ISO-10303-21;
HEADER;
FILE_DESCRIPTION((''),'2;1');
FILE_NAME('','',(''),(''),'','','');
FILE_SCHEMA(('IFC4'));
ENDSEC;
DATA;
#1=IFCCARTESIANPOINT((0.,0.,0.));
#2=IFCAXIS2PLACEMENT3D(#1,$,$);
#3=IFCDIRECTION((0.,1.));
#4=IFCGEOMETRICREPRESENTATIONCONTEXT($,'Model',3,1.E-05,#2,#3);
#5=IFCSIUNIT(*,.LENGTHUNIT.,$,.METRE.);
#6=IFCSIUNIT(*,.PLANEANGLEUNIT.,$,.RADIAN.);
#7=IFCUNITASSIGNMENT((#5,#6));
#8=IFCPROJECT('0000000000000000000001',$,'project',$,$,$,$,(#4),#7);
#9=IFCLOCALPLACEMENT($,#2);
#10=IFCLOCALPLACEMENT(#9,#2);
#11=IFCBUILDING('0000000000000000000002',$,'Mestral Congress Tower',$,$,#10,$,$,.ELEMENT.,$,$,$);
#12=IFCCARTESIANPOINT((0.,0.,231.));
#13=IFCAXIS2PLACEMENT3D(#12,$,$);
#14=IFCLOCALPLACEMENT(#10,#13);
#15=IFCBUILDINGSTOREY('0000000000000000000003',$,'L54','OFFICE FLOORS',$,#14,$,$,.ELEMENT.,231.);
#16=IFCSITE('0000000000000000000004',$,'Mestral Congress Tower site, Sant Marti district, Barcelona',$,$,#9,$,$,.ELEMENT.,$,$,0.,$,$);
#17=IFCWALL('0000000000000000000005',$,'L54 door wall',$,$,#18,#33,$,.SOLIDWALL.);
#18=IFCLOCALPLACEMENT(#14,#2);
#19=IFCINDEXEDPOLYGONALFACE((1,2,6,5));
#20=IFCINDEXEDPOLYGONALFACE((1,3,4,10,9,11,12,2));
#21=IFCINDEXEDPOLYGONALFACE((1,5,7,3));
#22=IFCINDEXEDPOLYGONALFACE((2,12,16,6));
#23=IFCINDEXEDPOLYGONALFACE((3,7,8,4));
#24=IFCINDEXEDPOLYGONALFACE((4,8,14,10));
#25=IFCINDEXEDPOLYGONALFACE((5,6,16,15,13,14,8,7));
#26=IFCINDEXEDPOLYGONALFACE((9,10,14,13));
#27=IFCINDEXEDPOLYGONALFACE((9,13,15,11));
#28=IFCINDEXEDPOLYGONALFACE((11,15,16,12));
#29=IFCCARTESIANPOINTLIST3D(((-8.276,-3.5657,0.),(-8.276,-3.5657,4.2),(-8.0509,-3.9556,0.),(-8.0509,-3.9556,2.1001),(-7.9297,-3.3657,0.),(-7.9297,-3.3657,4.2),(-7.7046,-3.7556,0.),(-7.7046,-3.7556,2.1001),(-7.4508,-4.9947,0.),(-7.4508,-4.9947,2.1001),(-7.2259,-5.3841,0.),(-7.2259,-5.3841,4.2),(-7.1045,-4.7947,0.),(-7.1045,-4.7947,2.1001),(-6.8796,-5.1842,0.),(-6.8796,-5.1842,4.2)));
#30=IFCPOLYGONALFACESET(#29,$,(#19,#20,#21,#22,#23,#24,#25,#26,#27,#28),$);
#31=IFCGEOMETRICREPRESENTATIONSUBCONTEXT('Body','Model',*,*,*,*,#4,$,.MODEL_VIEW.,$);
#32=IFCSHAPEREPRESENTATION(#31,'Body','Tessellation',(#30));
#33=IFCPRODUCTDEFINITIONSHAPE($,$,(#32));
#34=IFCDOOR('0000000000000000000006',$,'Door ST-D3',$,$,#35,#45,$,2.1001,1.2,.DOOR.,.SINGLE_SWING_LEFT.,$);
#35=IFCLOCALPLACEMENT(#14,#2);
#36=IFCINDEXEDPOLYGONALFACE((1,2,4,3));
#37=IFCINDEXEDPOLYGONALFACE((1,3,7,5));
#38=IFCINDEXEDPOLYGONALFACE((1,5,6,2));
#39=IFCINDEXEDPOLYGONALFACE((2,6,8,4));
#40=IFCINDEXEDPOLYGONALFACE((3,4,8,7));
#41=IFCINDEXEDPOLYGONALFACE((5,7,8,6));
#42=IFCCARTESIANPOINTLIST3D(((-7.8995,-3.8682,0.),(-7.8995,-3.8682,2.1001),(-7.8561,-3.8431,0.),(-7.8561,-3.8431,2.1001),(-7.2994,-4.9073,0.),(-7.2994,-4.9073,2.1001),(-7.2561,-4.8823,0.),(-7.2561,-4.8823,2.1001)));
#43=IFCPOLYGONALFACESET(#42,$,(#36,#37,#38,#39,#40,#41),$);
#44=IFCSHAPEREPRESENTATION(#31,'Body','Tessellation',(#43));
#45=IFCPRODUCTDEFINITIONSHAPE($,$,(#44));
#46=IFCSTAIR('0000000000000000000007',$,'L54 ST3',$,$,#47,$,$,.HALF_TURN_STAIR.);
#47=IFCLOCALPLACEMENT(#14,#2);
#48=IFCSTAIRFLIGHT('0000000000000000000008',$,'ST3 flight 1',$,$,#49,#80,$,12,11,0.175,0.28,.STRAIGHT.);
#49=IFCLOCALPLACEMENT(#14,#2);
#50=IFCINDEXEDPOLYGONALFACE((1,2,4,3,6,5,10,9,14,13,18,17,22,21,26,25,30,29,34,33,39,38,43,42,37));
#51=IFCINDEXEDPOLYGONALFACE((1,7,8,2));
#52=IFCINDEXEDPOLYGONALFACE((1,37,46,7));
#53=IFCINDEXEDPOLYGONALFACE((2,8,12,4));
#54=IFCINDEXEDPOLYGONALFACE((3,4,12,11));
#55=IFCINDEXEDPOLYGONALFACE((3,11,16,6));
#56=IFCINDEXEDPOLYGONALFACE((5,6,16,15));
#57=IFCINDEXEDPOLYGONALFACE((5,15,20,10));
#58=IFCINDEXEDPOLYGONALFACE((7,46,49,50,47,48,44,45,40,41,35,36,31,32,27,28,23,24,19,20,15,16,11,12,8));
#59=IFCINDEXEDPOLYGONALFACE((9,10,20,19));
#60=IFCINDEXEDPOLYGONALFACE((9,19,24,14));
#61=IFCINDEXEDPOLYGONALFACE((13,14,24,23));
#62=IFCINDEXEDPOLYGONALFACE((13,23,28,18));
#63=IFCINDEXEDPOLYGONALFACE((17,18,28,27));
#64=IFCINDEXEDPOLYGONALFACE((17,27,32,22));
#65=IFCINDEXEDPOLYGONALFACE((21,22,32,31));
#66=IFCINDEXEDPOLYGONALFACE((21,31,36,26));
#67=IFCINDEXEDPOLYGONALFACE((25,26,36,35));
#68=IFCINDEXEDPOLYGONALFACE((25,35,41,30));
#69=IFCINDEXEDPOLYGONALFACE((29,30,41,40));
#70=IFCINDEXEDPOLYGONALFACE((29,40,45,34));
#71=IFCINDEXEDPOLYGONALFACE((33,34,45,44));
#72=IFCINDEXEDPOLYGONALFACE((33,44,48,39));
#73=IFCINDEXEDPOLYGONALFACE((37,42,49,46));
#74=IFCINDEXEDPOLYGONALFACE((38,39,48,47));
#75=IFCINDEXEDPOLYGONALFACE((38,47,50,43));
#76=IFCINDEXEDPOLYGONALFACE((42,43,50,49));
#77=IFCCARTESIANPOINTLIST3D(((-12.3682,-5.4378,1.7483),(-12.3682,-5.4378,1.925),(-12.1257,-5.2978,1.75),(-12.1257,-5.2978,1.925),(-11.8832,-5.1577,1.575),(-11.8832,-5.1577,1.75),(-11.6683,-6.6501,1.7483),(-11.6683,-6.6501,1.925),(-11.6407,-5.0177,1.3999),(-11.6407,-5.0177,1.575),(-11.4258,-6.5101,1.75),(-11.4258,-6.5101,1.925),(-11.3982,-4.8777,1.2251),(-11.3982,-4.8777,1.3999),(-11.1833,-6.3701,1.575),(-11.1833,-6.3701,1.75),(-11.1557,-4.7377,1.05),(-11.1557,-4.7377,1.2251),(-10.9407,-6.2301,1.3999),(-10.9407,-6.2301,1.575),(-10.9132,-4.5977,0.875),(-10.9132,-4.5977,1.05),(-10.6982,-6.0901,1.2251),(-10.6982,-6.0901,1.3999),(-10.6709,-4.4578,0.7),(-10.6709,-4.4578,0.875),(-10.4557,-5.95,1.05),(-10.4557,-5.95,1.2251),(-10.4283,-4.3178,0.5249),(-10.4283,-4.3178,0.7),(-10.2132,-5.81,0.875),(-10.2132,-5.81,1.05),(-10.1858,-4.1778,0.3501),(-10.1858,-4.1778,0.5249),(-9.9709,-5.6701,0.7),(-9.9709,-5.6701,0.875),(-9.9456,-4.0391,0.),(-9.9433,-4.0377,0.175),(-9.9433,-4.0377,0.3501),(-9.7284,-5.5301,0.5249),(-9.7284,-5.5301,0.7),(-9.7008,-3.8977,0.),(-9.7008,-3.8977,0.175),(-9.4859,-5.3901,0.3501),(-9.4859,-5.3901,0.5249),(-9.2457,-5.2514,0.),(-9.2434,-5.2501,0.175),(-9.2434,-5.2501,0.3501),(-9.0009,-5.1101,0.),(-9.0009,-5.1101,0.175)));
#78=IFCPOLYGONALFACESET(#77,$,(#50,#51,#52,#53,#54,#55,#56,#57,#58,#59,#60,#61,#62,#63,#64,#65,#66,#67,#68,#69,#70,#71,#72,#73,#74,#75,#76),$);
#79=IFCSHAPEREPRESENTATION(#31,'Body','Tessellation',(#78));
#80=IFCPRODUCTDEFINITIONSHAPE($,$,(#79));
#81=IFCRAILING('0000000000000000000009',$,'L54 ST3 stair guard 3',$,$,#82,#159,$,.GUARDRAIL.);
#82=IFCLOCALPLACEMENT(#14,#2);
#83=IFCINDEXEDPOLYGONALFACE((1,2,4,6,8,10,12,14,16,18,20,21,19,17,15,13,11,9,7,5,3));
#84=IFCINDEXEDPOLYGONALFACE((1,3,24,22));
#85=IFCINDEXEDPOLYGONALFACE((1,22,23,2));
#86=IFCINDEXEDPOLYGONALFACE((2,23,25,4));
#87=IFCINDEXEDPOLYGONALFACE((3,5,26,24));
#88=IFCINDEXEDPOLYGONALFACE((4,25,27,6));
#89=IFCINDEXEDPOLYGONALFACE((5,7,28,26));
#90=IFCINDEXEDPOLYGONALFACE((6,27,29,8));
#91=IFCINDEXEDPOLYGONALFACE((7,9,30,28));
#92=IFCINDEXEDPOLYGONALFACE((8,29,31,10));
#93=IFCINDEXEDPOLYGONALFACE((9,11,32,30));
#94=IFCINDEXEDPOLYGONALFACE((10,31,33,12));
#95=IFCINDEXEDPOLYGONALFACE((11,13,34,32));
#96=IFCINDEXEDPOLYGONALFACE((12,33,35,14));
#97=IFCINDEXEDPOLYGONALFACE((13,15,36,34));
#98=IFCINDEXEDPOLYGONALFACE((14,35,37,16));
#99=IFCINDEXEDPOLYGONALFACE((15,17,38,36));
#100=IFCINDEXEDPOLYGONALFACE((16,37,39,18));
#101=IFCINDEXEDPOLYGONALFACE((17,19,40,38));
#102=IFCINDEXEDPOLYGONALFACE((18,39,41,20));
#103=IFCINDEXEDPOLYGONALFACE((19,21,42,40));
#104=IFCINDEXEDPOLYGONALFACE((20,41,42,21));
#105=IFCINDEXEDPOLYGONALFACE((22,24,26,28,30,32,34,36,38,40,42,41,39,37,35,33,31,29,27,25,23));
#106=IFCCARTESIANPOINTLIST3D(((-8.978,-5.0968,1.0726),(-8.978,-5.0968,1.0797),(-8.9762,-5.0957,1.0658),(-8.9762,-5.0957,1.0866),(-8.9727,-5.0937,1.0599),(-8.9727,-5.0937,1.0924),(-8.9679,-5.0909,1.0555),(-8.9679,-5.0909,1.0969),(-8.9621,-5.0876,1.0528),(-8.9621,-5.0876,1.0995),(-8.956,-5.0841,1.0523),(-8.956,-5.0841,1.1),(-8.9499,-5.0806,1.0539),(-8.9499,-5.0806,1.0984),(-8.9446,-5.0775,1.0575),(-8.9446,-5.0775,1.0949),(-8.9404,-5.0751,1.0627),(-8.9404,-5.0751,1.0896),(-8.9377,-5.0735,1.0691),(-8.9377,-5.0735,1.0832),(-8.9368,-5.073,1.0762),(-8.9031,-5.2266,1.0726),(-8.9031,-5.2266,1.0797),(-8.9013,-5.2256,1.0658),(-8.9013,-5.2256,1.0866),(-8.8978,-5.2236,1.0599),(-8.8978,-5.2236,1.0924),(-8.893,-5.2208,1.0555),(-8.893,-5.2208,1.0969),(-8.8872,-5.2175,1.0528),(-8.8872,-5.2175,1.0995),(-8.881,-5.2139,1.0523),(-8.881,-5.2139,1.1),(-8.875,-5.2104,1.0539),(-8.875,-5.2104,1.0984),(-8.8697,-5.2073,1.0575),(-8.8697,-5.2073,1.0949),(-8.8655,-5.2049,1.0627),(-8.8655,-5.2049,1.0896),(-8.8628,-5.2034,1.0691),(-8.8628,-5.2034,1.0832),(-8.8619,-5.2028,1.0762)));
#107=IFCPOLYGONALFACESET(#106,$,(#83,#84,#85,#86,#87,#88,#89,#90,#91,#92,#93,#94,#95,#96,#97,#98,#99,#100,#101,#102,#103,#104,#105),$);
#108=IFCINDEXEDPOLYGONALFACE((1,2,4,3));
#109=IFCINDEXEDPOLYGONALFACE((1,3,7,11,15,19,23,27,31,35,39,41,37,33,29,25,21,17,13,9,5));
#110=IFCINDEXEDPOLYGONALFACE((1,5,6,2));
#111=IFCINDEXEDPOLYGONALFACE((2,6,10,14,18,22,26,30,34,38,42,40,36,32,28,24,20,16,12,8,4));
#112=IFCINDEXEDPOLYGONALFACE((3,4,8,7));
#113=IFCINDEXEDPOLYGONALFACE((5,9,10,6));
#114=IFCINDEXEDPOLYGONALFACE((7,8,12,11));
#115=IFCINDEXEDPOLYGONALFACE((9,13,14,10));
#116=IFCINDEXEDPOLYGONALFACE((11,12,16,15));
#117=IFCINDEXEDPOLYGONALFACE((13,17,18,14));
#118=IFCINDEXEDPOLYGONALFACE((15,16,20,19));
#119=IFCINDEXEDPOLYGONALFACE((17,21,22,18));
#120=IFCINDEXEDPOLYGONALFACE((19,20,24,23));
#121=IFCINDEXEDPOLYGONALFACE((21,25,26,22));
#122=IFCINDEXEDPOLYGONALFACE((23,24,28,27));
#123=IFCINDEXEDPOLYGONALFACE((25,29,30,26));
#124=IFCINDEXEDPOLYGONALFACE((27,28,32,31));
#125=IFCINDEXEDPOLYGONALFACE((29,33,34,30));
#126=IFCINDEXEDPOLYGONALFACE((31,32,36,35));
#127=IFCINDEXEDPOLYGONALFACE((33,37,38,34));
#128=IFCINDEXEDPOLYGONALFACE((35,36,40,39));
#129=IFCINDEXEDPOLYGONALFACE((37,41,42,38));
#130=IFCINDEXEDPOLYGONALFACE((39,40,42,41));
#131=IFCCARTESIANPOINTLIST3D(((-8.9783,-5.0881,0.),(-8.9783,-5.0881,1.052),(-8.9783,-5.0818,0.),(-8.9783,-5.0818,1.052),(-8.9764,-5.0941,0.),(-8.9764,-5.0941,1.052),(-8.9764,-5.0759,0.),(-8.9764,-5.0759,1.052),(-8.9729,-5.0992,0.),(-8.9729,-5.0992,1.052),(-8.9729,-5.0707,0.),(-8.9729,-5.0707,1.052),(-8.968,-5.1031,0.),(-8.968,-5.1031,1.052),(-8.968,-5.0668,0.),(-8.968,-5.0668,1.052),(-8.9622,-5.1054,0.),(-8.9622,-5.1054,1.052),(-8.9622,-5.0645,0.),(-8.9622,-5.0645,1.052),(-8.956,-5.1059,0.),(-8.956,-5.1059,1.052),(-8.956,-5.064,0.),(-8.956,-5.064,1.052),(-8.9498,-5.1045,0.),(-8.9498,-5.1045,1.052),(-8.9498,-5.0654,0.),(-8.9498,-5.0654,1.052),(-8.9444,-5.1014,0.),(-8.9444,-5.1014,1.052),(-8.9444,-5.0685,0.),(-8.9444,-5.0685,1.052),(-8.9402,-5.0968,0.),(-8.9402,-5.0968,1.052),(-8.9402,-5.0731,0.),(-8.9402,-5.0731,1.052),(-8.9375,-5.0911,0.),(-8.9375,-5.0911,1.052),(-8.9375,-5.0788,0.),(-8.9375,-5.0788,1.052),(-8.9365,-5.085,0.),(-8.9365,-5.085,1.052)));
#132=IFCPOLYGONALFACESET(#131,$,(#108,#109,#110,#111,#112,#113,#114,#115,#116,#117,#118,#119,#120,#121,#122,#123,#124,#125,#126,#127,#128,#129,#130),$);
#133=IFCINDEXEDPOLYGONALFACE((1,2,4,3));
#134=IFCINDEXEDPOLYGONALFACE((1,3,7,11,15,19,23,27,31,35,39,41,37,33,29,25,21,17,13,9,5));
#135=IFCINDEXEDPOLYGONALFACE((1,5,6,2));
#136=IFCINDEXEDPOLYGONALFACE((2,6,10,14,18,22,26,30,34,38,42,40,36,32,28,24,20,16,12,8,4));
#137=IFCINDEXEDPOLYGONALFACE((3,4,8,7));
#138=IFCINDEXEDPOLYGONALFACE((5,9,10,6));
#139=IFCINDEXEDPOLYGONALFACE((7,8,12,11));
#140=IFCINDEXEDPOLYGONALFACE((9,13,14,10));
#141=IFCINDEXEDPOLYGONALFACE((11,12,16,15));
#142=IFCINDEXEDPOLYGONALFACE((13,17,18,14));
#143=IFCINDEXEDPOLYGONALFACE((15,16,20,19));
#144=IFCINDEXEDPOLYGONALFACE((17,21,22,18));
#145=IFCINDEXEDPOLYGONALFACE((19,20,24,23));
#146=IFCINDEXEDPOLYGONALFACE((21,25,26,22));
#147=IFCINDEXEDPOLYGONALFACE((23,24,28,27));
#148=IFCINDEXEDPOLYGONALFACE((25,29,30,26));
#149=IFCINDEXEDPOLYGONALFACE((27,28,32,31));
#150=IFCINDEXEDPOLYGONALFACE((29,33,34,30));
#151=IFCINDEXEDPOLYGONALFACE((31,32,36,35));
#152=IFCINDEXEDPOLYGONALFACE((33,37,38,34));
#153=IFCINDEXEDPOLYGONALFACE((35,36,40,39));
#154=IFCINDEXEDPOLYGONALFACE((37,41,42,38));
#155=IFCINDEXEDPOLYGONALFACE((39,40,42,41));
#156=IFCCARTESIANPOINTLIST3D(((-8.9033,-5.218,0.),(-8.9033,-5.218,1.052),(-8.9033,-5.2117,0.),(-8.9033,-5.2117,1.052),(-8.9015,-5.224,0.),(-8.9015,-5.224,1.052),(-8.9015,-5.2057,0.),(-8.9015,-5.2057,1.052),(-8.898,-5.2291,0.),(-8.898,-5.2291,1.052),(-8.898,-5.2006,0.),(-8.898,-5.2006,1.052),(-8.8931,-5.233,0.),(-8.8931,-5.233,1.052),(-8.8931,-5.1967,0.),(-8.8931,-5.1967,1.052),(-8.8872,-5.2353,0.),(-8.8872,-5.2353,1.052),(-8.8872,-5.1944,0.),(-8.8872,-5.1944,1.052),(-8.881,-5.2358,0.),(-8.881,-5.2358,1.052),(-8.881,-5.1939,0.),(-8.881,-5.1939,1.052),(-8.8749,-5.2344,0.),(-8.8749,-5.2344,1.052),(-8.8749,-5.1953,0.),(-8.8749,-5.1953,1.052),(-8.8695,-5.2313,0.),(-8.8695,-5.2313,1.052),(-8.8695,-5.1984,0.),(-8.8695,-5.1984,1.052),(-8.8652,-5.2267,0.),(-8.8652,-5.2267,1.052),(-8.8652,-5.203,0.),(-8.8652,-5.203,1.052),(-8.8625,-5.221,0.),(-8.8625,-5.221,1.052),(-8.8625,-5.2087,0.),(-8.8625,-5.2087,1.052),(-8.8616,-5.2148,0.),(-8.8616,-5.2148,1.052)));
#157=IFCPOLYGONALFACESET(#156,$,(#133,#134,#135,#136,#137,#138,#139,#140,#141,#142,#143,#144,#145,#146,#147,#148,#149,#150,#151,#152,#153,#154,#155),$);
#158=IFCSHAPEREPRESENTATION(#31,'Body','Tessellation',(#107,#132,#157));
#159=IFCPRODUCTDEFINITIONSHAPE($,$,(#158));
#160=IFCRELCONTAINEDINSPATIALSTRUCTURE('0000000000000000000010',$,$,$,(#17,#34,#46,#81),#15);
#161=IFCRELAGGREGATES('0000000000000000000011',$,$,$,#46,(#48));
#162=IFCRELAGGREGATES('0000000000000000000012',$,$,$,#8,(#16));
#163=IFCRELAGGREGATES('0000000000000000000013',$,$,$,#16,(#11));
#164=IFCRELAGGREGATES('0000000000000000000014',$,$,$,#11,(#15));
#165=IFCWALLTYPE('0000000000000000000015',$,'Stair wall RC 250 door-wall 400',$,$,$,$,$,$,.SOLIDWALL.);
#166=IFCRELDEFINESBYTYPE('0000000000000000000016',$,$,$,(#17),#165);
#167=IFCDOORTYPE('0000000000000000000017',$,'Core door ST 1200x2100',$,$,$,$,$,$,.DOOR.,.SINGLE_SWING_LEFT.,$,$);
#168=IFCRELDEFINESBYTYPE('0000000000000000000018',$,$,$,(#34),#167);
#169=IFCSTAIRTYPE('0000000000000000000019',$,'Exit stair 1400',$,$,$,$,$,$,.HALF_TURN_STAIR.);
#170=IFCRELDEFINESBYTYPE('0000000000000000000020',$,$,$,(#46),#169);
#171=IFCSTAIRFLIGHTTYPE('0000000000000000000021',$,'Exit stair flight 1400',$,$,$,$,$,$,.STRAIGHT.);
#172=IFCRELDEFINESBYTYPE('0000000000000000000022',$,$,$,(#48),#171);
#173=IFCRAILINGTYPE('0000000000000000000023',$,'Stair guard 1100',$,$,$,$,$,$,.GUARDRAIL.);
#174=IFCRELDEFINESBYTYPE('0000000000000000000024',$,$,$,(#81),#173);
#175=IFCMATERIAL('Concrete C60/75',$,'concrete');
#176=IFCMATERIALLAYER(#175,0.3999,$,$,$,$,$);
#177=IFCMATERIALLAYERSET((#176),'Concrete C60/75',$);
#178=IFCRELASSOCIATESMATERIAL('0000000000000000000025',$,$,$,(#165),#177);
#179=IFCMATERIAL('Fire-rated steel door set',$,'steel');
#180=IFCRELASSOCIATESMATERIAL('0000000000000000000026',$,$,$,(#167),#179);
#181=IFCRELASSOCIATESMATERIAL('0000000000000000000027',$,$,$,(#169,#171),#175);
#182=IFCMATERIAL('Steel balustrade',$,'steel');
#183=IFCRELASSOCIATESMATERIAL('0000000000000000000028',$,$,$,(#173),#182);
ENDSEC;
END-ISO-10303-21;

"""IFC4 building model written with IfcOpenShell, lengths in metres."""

from ifc_helpers import new_model, si_unit, direction, frame, frame_2d, origin, origin_2d, place, context, subcontext, project, spatial, polyline, rectangle, circle, outline, extrude, material, layer, layer_set, type_object, element, fill, aggregate, save


model = new_model("IFC4")

# Units and contexts
model_context = context("Model", 3, precision=1e-05, world=origin(), true_north=direction((0.0, 1.0)))
body_context = subcontext(model_context, "Body", "Model", "MODEL_VIEW")
ifc_project = project(units=[si_unit("LENGTHUNIT", "METRE"), si_unit("PLANEANGLEUNIT", "RADIAN")], contexts=[model_context])

# Site, building, storey
site_placement = place(None, origin())
site = spatial("IfcSite", under=ifc_project, at=site_placement, Name="Mestral Congress Tower site, Sant Marti district, Barcelona", CompositionType="ELEMENT", RefElevation=0.0)
building_placement = place(site_placement, origin())
building = spatial("IfcBuilding", under=site, at=building_placement, Name="Mestral Congress Tower", CompositionType="ELEMENT")
storey_placement = place(building_placement, frame((0.0, 0.0, 231.0)))
storey = spatial("IfcBuildingStorey", under=building, at=storey_placement, Name="L54", Description="OFFICE FLOORS", CompositionType="ELEMENT", Elevation=231.0)

# Shared definitions
ifc_material_1 = material(Name="Fire-rated steel door set", Category="steel")

# Shared definitions
ifc_material_2 = material(Name="Concrete C60/75", Category="concrete")

# Wall, opening, door
ifc_layer_1 = layer(ifc_material_2, 0.3999)
ifc_layer_set_1 = layer_set([ifc_layer_1], Name="Concrete C60/75")
wall_type_1 = type_object("IfcWallType", Name="Stair wall RC 250 door-wall 400", PredefinedType="SOLIDWALL", material=ifc_layer_set_1)
wall_1_placement = place(storey_placement, frame((-8.1028, -3.4658, 0.0), z_axis=(0.0, 0.0, 1.0), x_axis=(0.500078, -0.86598, 0.0)))
wall_1 = element("IfcWall", 1, at=wall_1_placement, inside=storey, type_object=wall_type_1, Name="L54 door wall", PredefinedType="SOLIDWALL", context=body_context, shape_type="SweptSolid", body=[
    extrude(rectangle(XDim=2.0999, YDim=0.3999, at=frame_2d((1.0498, 0.0))), origin(), (0.0, 0.0, 1.0), 4.2),
])
opening_1_placement = place(wall_1_placement, frame((0.45, 0.0, 0.0)))
opening_1 = element("IfcOpeningElement", 2, at=opening_1_placement, cuts=wall_1, PredefinedType="OPENING", context=body_context, shape_type="SweptSolid", body=[
    extrude(rectangle(XDim=1.2, YDim=2.1001, at=frame_2d((0.6001, 1.05))), frame((0.0, 0.21, 0.0), z_axis=(0.0, -1.0, 0.0), x_axis=(1.0, 0.0, 0.0)), (0.0, 0.0, 1.0), 0.4199),
])
door_type_1 = type_object("IfcDoorType", Name="Core door ST 1200x2100", OperationType="SINGLE_SWING_LEFT", PredefinedType="DOOR", material=ifc_material_1)
door_1_placement = place(opening_1_placement, origin())
door_1 = element("IfcDoor", 3, at=door_1_placement, inside=storey, type_object=door_type_1, Name="Door ST-D3", OperationType="SINGLE_SWING_LEFT", OverallHeight=2.1001, OverallWidth=1.2, PredefinedType="DOOR", context=body_context, shape_type="SweptSolid", body=[
    extrude(rectangle(XDim=1.2, YDim=2.1001, at=frame_2d((0.6001, 1.05))), frame((0.0, 0.0249, 0.0), z_axis=(0.0, -1.0, 0.0), x_axis=(1.0, 0.0, 0.0)), (0.0, 0.0, 1.0), 0.05),
])
fill(opening_1, door_1)

# Stair, stair flight
stair_type = type_object("IfcStairType", Name="Exit stair 1400", PredefinedType="HALF_TURN_STAIR", material=ifc_material_2)
stair_placement = place(storey_placement, origin())
stair = element("IfcStair", 4, at=stair_placement, inside=storey, type_object=stair_type, Name="L54 ST3", PredefinedType="HALF_TURN_STAIR")
stair_flight_type = type_object("IfcStairFlightType", Name="Exit stair flight 1400", PredefinedType="STRAIGHT", material=ifc_material_2)
stair_flight_placement = place(storey_placement, frame((-9.3508, -4.5039, 0.0), z_axis=(0.0, 0.0, 1.0), x_axis=(-0.866025, -0.5, 0.0)))
stair_flight = element("IfcStairFlight", 5, at=stair_flight_placement, type_object=stair_flight_type, Name="ST3 flight 1", NumberOfRisers=12, NumberOfTreads=11, PredefinedType="STRAIGHT", RiserHeight=0.175, TreadLength=0.28, context=body_context, shape_type="SweptSolid", body=[
    extrude(outline(polyline([(0.0, 0.0), (0.0, 0.175), (0.28, 0.175), (0.28, 0.3501), (0.5601, 0.3501), (0.5601, 0.5249), (0.8401, 0.5249), (0.8401, 0.7), (1.1201, 0.7), (1.1201, 0.875), (1.3999, 0.875), (1.3999, 1.05), (1.6799, 1.05), (1.6799, 1.2251), (1.96, 1.2251), (1.96, 1.3999), (2.24, 1.3999), (2.24, 1.575), (2.52, 1.575), (2.52, 1.75), (2.8, 1.75), (2.8, 1.925), (3.0801, 1.925), (3.0801, 2.1001), (3.0801, 1.7483), (0.2827, 0.0), (0.0, 0.0)])), frame((0.0, 0.7, 0.0), z_axis=(0.0, -1.0, 0.0), x_axis=(1.0, 0.0, 0.0)), (0.0, 0.0, 1.0), 1.3999),
])
aggregate(stair, [stair_flight])

# Railing
ifc_material_3 = material(Name="Steel balustrade", Category="steel")
railing_type_1 = type_object("IfcRailingType", Name="Stair guard 1100", PredefinedType="GUARDRAIL", material=ifc_material_3)
railing_1_placement = place(storey_placement, frame((-8.9575, -5.085, 0.0)))
element("IfcRailing", 6, at=railing_1_placement, inside=storey, type_object=railing_type_1, Name="L54 ST3 stair guard 3", PredefinedType="GUARDRAIL", context=body_context, shape_type="SweptSolid", body=[
    extrude(circle(Radius=0.0239, at=origin_2d()), frame((0.0, 0.0, 1.0762), z_axis=(0.499816, -0.866131, 0.0), x_axis=(0.866131, 0.499816, 0.0)), (0.0, 0.0, 1.0), 0.1499),
    extrude(circle(Radius=0.021, at=origin_2d()), origin(), (0.0, 0.0, 1.0), 1.052),
    extrude(circle(Radius=0.021, at=origin_2d()), frame((0.075, -0.1299, 0.0)), (0.0, 0.0, 1.0), 1.052),
])

save(model, "model.ifc")
